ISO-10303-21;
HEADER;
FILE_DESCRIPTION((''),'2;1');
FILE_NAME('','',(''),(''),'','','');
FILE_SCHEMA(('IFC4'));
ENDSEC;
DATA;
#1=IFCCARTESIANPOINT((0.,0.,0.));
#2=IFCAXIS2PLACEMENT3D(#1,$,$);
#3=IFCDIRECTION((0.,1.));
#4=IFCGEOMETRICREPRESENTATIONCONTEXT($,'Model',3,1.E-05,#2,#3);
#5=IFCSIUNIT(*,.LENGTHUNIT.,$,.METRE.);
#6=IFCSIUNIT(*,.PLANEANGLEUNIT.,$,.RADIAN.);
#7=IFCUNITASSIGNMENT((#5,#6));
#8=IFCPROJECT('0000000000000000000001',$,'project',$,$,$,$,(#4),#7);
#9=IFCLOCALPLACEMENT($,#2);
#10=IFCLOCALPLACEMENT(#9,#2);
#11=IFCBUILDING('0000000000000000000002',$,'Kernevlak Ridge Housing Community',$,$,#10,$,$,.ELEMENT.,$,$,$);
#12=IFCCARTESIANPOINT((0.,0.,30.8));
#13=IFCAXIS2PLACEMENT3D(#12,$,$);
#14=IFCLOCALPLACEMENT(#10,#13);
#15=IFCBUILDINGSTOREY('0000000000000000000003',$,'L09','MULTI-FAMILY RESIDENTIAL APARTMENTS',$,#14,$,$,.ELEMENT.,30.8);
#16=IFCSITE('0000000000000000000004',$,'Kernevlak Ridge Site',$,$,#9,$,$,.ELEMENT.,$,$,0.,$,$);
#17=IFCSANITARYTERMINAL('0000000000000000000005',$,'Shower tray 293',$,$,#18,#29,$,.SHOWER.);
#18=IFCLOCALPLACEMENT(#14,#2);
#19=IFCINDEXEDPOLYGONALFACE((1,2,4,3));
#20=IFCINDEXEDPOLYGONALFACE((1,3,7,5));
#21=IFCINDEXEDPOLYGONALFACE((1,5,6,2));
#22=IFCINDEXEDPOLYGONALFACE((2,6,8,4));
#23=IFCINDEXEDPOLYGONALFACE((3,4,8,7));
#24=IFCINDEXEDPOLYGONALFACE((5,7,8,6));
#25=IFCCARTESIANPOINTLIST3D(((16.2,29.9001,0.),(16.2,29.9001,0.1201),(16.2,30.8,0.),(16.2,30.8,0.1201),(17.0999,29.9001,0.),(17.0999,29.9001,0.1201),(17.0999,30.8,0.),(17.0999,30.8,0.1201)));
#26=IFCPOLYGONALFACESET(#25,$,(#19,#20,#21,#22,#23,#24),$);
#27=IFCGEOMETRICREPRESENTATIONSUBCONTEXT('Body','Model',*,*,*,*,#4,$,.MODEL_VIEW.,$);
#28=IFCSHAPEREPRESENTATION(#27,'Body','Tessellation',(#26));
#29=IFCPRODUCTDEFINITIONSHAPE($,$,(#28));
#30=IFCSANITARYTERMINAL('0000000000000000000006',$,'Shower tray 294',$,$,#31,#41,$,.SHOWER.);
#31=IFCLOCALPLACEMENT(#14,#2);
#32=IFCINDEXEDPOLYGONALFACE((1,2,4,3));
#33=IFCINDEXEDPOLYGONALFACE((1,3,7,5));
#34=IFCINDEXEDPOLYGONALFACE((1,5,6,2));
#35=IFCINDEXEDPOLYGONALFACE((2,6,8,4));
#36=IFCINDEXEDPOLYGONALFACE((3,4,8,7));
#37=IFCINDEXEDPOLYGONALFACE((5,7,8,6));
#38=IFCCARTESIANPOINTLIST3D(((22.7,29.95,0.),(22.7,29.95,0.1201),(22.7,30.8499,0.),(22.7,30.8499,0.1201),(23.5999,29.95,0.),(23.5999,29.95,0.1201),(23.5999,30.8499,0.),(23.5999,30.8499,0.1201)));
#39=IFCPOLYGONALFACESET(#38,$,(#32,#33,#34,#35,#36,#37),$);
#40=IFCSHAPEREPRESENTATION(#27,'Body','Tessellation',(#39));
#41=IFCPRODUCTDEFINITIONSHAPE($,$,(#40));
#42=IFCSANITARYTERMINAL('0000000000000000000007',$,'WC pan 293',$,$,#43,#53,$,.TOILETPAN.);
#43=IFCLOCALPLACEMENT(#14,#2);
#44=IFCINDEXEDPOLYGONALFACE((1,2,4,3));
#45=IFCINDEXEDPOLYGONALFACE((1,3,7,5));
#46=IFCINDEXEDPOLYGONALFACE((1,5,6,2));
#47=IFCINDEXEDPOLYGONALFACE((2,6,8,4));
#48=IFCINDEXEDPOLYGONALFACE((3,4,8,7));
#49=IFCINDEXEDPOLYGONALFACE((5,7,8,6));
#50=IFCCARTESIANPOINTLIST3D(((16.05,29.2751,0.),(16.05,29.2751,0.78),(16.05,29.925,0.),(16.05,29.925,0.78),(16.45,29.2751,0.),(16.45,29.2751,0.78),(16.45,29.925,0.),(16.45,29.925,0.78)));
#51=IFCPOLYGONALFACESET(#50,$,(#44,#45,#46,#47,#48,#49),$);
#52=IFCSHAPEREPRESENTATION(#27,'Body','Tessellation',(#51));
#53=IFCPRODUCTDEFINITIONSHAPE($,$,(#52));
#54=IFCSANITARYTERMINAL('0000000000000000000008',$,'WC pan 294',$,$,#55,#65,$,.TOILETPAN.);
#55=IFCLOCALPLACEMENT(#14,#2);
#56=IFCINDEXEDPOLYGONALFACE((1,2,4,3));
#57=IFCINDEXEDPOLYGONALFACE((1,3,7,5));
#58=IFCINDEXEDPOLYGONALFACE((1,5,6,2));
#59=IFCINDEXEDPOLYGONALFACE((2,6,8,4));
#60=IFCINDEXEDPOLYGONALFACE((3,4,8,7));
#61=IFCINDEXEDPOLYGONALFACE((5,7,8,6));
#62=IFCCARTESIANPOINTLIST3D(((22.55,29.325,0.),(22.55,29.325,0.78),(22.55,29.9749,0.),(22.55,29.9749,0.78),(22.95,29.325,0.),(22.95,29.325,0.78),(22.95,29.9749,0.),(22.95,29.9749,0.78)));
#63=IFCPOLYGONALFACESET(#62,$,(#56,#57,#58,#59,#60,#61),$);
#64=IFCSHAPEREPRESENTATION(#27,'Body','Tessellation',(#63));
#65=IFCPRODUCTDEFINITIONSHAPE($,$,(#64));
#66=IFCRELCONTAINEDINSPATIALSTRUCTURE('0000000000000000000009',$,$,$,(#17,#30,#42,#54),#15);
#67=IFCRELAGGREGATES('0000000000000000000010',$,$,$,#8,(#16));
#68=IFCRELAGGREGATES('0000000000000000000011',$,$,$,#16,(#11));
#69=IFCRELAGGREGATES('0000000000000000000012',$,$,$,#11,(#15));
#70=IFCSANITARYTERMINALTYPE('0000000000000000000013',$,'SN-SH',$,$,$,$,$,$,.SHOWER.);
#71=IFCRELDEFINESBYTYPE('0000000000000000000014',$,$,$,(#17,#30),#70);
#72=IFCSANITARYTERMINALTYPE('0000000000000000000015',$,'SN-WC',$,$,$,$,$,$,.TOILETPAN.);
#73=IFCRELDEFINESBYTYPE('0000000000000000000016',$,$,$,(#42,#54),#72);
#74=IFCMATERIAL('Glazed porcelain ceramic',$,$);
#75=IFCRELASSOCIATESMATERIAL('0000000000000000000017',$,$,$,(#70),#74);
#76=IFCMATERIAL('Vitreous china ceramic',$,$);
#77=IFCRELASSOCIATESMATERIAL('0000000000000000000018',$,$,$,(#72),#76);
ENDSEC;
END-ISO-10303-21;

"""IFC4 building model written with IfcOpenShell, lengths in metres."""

from ifc_helpers import new_model, si_unit, direction, frame, origin, origin_2d, place, context, subcontext, project, spatial, rectangle, extrude, material, type_object, element, save


model = new_model("IFC4")

# Units and contexts
model_context = context("Model", 3, precision=1e-05, world=origin(), true_north=direction((0.0, 1.0)))
body_context = subcontext(model_context, "Body", "Model", "MODEL_VIEW")
ifc_project = project(units=[si_unit("LENGTHUNIT", "METRE"), si_unit("PLANEANGLEUNIT", "RADIAN")], contexts=[model_context])

# Site, building, storey
site_placement = place(None, origin())
site = spatial("IfcSite", under=ifc_project, at=site_placement, Name="Kernevlak Ridge Site", CompositionType="ELEMENT", RefElevation=0.0)
building_placement = place(site_placement, origin())
building = spatial("IfcBuilding", under=site, at=building_placement, Name="Kernevlak Ridge Housing Community", CompositionType="ELEMENT")
storey_placement = place(building_placement, frame((0.0, 0.0, 30.8)))
storey = spatial("IfcBuildingStorey", under=building, at=storey_placement, Name="L09", Description="MULTI-FAMILY RESIDENTIAL APARTMENTS", CompositionType="ELEMENT", Elevation=30.8)

# Sanitary terminals
ifc_material_1 = material(Name="Vitreous china ceramic")
ifc_material_2 = material(Name="Glazed porcelain ceramic")
sanitary_terminal_type_1 = type_object("IfcSanitaryTerminalType", Name="SN-SH", PredefinedType="SHOWER", material=ifc_material_2)
for number, where, z_axis, x_axis, name in (
    (1, (16.6499, 30.3501, 0.0), (0.0, 0.0, 1.0), (1.0, 0.0, 0.0), "Shower tray 293"),
    (2, (23.1499, 30.3999, 0.0), (0.0, 0.0, 1.0), (1.0, 0.0, 0.0), "Shower tray 294"),
):
    element("IfcSanitaryTerminal", number, at=place(storey_placement, frame(where, z_axis=z_axis, x_axis=x_axis)), inside=storey, type_object=sanitary_terminal_type_1, Name=name, PredefinedType="SHOWER", context=body_context, shape_type="SweptSolid", body=[
        extrude(rectangle(XDim=0.8999, YDim=0.8999, at=origin_2d()), origin(), (0.0, 0.0, 1.0), 0.1201),
    ])
sanitary_terminal_type_2 = type_object("IfcSanitaryTerminalType", Name="SN-WC", PredefinedType="TOILETPAN", material=ifc_material_1)
for number, where, z_axis, x_axis, name in (
    (3, (16.25, 29.6001, 0.0), (0.0, 0.0, 1.0), (1.0, 0.0, 0.0), "WC pan 293"),
    (4, (22.75, 29.6499, 0.0), (0.0, 0.0, 1.0), (1.0, 0.0, 0.0), "WC pan 294"),
):
    element("IfcSanitaryTerminal", number, at=place(storey_placement, frame(where, z_axis=z_axis, x_axis=x_axis)), inside=storey, type_object=sanitary_terminal_type_2, Name=name, PredefinedType="TOILETPAN", context=body_context, shape_type="SweptSolid", body=[
        extrude(rectangle(XDim=0.3999, YDim=0.6499, at=origin_2d()), origin(), (0.0, 0.0, 1.0), 0.78),
    ])

save(model, "model.ifc")
